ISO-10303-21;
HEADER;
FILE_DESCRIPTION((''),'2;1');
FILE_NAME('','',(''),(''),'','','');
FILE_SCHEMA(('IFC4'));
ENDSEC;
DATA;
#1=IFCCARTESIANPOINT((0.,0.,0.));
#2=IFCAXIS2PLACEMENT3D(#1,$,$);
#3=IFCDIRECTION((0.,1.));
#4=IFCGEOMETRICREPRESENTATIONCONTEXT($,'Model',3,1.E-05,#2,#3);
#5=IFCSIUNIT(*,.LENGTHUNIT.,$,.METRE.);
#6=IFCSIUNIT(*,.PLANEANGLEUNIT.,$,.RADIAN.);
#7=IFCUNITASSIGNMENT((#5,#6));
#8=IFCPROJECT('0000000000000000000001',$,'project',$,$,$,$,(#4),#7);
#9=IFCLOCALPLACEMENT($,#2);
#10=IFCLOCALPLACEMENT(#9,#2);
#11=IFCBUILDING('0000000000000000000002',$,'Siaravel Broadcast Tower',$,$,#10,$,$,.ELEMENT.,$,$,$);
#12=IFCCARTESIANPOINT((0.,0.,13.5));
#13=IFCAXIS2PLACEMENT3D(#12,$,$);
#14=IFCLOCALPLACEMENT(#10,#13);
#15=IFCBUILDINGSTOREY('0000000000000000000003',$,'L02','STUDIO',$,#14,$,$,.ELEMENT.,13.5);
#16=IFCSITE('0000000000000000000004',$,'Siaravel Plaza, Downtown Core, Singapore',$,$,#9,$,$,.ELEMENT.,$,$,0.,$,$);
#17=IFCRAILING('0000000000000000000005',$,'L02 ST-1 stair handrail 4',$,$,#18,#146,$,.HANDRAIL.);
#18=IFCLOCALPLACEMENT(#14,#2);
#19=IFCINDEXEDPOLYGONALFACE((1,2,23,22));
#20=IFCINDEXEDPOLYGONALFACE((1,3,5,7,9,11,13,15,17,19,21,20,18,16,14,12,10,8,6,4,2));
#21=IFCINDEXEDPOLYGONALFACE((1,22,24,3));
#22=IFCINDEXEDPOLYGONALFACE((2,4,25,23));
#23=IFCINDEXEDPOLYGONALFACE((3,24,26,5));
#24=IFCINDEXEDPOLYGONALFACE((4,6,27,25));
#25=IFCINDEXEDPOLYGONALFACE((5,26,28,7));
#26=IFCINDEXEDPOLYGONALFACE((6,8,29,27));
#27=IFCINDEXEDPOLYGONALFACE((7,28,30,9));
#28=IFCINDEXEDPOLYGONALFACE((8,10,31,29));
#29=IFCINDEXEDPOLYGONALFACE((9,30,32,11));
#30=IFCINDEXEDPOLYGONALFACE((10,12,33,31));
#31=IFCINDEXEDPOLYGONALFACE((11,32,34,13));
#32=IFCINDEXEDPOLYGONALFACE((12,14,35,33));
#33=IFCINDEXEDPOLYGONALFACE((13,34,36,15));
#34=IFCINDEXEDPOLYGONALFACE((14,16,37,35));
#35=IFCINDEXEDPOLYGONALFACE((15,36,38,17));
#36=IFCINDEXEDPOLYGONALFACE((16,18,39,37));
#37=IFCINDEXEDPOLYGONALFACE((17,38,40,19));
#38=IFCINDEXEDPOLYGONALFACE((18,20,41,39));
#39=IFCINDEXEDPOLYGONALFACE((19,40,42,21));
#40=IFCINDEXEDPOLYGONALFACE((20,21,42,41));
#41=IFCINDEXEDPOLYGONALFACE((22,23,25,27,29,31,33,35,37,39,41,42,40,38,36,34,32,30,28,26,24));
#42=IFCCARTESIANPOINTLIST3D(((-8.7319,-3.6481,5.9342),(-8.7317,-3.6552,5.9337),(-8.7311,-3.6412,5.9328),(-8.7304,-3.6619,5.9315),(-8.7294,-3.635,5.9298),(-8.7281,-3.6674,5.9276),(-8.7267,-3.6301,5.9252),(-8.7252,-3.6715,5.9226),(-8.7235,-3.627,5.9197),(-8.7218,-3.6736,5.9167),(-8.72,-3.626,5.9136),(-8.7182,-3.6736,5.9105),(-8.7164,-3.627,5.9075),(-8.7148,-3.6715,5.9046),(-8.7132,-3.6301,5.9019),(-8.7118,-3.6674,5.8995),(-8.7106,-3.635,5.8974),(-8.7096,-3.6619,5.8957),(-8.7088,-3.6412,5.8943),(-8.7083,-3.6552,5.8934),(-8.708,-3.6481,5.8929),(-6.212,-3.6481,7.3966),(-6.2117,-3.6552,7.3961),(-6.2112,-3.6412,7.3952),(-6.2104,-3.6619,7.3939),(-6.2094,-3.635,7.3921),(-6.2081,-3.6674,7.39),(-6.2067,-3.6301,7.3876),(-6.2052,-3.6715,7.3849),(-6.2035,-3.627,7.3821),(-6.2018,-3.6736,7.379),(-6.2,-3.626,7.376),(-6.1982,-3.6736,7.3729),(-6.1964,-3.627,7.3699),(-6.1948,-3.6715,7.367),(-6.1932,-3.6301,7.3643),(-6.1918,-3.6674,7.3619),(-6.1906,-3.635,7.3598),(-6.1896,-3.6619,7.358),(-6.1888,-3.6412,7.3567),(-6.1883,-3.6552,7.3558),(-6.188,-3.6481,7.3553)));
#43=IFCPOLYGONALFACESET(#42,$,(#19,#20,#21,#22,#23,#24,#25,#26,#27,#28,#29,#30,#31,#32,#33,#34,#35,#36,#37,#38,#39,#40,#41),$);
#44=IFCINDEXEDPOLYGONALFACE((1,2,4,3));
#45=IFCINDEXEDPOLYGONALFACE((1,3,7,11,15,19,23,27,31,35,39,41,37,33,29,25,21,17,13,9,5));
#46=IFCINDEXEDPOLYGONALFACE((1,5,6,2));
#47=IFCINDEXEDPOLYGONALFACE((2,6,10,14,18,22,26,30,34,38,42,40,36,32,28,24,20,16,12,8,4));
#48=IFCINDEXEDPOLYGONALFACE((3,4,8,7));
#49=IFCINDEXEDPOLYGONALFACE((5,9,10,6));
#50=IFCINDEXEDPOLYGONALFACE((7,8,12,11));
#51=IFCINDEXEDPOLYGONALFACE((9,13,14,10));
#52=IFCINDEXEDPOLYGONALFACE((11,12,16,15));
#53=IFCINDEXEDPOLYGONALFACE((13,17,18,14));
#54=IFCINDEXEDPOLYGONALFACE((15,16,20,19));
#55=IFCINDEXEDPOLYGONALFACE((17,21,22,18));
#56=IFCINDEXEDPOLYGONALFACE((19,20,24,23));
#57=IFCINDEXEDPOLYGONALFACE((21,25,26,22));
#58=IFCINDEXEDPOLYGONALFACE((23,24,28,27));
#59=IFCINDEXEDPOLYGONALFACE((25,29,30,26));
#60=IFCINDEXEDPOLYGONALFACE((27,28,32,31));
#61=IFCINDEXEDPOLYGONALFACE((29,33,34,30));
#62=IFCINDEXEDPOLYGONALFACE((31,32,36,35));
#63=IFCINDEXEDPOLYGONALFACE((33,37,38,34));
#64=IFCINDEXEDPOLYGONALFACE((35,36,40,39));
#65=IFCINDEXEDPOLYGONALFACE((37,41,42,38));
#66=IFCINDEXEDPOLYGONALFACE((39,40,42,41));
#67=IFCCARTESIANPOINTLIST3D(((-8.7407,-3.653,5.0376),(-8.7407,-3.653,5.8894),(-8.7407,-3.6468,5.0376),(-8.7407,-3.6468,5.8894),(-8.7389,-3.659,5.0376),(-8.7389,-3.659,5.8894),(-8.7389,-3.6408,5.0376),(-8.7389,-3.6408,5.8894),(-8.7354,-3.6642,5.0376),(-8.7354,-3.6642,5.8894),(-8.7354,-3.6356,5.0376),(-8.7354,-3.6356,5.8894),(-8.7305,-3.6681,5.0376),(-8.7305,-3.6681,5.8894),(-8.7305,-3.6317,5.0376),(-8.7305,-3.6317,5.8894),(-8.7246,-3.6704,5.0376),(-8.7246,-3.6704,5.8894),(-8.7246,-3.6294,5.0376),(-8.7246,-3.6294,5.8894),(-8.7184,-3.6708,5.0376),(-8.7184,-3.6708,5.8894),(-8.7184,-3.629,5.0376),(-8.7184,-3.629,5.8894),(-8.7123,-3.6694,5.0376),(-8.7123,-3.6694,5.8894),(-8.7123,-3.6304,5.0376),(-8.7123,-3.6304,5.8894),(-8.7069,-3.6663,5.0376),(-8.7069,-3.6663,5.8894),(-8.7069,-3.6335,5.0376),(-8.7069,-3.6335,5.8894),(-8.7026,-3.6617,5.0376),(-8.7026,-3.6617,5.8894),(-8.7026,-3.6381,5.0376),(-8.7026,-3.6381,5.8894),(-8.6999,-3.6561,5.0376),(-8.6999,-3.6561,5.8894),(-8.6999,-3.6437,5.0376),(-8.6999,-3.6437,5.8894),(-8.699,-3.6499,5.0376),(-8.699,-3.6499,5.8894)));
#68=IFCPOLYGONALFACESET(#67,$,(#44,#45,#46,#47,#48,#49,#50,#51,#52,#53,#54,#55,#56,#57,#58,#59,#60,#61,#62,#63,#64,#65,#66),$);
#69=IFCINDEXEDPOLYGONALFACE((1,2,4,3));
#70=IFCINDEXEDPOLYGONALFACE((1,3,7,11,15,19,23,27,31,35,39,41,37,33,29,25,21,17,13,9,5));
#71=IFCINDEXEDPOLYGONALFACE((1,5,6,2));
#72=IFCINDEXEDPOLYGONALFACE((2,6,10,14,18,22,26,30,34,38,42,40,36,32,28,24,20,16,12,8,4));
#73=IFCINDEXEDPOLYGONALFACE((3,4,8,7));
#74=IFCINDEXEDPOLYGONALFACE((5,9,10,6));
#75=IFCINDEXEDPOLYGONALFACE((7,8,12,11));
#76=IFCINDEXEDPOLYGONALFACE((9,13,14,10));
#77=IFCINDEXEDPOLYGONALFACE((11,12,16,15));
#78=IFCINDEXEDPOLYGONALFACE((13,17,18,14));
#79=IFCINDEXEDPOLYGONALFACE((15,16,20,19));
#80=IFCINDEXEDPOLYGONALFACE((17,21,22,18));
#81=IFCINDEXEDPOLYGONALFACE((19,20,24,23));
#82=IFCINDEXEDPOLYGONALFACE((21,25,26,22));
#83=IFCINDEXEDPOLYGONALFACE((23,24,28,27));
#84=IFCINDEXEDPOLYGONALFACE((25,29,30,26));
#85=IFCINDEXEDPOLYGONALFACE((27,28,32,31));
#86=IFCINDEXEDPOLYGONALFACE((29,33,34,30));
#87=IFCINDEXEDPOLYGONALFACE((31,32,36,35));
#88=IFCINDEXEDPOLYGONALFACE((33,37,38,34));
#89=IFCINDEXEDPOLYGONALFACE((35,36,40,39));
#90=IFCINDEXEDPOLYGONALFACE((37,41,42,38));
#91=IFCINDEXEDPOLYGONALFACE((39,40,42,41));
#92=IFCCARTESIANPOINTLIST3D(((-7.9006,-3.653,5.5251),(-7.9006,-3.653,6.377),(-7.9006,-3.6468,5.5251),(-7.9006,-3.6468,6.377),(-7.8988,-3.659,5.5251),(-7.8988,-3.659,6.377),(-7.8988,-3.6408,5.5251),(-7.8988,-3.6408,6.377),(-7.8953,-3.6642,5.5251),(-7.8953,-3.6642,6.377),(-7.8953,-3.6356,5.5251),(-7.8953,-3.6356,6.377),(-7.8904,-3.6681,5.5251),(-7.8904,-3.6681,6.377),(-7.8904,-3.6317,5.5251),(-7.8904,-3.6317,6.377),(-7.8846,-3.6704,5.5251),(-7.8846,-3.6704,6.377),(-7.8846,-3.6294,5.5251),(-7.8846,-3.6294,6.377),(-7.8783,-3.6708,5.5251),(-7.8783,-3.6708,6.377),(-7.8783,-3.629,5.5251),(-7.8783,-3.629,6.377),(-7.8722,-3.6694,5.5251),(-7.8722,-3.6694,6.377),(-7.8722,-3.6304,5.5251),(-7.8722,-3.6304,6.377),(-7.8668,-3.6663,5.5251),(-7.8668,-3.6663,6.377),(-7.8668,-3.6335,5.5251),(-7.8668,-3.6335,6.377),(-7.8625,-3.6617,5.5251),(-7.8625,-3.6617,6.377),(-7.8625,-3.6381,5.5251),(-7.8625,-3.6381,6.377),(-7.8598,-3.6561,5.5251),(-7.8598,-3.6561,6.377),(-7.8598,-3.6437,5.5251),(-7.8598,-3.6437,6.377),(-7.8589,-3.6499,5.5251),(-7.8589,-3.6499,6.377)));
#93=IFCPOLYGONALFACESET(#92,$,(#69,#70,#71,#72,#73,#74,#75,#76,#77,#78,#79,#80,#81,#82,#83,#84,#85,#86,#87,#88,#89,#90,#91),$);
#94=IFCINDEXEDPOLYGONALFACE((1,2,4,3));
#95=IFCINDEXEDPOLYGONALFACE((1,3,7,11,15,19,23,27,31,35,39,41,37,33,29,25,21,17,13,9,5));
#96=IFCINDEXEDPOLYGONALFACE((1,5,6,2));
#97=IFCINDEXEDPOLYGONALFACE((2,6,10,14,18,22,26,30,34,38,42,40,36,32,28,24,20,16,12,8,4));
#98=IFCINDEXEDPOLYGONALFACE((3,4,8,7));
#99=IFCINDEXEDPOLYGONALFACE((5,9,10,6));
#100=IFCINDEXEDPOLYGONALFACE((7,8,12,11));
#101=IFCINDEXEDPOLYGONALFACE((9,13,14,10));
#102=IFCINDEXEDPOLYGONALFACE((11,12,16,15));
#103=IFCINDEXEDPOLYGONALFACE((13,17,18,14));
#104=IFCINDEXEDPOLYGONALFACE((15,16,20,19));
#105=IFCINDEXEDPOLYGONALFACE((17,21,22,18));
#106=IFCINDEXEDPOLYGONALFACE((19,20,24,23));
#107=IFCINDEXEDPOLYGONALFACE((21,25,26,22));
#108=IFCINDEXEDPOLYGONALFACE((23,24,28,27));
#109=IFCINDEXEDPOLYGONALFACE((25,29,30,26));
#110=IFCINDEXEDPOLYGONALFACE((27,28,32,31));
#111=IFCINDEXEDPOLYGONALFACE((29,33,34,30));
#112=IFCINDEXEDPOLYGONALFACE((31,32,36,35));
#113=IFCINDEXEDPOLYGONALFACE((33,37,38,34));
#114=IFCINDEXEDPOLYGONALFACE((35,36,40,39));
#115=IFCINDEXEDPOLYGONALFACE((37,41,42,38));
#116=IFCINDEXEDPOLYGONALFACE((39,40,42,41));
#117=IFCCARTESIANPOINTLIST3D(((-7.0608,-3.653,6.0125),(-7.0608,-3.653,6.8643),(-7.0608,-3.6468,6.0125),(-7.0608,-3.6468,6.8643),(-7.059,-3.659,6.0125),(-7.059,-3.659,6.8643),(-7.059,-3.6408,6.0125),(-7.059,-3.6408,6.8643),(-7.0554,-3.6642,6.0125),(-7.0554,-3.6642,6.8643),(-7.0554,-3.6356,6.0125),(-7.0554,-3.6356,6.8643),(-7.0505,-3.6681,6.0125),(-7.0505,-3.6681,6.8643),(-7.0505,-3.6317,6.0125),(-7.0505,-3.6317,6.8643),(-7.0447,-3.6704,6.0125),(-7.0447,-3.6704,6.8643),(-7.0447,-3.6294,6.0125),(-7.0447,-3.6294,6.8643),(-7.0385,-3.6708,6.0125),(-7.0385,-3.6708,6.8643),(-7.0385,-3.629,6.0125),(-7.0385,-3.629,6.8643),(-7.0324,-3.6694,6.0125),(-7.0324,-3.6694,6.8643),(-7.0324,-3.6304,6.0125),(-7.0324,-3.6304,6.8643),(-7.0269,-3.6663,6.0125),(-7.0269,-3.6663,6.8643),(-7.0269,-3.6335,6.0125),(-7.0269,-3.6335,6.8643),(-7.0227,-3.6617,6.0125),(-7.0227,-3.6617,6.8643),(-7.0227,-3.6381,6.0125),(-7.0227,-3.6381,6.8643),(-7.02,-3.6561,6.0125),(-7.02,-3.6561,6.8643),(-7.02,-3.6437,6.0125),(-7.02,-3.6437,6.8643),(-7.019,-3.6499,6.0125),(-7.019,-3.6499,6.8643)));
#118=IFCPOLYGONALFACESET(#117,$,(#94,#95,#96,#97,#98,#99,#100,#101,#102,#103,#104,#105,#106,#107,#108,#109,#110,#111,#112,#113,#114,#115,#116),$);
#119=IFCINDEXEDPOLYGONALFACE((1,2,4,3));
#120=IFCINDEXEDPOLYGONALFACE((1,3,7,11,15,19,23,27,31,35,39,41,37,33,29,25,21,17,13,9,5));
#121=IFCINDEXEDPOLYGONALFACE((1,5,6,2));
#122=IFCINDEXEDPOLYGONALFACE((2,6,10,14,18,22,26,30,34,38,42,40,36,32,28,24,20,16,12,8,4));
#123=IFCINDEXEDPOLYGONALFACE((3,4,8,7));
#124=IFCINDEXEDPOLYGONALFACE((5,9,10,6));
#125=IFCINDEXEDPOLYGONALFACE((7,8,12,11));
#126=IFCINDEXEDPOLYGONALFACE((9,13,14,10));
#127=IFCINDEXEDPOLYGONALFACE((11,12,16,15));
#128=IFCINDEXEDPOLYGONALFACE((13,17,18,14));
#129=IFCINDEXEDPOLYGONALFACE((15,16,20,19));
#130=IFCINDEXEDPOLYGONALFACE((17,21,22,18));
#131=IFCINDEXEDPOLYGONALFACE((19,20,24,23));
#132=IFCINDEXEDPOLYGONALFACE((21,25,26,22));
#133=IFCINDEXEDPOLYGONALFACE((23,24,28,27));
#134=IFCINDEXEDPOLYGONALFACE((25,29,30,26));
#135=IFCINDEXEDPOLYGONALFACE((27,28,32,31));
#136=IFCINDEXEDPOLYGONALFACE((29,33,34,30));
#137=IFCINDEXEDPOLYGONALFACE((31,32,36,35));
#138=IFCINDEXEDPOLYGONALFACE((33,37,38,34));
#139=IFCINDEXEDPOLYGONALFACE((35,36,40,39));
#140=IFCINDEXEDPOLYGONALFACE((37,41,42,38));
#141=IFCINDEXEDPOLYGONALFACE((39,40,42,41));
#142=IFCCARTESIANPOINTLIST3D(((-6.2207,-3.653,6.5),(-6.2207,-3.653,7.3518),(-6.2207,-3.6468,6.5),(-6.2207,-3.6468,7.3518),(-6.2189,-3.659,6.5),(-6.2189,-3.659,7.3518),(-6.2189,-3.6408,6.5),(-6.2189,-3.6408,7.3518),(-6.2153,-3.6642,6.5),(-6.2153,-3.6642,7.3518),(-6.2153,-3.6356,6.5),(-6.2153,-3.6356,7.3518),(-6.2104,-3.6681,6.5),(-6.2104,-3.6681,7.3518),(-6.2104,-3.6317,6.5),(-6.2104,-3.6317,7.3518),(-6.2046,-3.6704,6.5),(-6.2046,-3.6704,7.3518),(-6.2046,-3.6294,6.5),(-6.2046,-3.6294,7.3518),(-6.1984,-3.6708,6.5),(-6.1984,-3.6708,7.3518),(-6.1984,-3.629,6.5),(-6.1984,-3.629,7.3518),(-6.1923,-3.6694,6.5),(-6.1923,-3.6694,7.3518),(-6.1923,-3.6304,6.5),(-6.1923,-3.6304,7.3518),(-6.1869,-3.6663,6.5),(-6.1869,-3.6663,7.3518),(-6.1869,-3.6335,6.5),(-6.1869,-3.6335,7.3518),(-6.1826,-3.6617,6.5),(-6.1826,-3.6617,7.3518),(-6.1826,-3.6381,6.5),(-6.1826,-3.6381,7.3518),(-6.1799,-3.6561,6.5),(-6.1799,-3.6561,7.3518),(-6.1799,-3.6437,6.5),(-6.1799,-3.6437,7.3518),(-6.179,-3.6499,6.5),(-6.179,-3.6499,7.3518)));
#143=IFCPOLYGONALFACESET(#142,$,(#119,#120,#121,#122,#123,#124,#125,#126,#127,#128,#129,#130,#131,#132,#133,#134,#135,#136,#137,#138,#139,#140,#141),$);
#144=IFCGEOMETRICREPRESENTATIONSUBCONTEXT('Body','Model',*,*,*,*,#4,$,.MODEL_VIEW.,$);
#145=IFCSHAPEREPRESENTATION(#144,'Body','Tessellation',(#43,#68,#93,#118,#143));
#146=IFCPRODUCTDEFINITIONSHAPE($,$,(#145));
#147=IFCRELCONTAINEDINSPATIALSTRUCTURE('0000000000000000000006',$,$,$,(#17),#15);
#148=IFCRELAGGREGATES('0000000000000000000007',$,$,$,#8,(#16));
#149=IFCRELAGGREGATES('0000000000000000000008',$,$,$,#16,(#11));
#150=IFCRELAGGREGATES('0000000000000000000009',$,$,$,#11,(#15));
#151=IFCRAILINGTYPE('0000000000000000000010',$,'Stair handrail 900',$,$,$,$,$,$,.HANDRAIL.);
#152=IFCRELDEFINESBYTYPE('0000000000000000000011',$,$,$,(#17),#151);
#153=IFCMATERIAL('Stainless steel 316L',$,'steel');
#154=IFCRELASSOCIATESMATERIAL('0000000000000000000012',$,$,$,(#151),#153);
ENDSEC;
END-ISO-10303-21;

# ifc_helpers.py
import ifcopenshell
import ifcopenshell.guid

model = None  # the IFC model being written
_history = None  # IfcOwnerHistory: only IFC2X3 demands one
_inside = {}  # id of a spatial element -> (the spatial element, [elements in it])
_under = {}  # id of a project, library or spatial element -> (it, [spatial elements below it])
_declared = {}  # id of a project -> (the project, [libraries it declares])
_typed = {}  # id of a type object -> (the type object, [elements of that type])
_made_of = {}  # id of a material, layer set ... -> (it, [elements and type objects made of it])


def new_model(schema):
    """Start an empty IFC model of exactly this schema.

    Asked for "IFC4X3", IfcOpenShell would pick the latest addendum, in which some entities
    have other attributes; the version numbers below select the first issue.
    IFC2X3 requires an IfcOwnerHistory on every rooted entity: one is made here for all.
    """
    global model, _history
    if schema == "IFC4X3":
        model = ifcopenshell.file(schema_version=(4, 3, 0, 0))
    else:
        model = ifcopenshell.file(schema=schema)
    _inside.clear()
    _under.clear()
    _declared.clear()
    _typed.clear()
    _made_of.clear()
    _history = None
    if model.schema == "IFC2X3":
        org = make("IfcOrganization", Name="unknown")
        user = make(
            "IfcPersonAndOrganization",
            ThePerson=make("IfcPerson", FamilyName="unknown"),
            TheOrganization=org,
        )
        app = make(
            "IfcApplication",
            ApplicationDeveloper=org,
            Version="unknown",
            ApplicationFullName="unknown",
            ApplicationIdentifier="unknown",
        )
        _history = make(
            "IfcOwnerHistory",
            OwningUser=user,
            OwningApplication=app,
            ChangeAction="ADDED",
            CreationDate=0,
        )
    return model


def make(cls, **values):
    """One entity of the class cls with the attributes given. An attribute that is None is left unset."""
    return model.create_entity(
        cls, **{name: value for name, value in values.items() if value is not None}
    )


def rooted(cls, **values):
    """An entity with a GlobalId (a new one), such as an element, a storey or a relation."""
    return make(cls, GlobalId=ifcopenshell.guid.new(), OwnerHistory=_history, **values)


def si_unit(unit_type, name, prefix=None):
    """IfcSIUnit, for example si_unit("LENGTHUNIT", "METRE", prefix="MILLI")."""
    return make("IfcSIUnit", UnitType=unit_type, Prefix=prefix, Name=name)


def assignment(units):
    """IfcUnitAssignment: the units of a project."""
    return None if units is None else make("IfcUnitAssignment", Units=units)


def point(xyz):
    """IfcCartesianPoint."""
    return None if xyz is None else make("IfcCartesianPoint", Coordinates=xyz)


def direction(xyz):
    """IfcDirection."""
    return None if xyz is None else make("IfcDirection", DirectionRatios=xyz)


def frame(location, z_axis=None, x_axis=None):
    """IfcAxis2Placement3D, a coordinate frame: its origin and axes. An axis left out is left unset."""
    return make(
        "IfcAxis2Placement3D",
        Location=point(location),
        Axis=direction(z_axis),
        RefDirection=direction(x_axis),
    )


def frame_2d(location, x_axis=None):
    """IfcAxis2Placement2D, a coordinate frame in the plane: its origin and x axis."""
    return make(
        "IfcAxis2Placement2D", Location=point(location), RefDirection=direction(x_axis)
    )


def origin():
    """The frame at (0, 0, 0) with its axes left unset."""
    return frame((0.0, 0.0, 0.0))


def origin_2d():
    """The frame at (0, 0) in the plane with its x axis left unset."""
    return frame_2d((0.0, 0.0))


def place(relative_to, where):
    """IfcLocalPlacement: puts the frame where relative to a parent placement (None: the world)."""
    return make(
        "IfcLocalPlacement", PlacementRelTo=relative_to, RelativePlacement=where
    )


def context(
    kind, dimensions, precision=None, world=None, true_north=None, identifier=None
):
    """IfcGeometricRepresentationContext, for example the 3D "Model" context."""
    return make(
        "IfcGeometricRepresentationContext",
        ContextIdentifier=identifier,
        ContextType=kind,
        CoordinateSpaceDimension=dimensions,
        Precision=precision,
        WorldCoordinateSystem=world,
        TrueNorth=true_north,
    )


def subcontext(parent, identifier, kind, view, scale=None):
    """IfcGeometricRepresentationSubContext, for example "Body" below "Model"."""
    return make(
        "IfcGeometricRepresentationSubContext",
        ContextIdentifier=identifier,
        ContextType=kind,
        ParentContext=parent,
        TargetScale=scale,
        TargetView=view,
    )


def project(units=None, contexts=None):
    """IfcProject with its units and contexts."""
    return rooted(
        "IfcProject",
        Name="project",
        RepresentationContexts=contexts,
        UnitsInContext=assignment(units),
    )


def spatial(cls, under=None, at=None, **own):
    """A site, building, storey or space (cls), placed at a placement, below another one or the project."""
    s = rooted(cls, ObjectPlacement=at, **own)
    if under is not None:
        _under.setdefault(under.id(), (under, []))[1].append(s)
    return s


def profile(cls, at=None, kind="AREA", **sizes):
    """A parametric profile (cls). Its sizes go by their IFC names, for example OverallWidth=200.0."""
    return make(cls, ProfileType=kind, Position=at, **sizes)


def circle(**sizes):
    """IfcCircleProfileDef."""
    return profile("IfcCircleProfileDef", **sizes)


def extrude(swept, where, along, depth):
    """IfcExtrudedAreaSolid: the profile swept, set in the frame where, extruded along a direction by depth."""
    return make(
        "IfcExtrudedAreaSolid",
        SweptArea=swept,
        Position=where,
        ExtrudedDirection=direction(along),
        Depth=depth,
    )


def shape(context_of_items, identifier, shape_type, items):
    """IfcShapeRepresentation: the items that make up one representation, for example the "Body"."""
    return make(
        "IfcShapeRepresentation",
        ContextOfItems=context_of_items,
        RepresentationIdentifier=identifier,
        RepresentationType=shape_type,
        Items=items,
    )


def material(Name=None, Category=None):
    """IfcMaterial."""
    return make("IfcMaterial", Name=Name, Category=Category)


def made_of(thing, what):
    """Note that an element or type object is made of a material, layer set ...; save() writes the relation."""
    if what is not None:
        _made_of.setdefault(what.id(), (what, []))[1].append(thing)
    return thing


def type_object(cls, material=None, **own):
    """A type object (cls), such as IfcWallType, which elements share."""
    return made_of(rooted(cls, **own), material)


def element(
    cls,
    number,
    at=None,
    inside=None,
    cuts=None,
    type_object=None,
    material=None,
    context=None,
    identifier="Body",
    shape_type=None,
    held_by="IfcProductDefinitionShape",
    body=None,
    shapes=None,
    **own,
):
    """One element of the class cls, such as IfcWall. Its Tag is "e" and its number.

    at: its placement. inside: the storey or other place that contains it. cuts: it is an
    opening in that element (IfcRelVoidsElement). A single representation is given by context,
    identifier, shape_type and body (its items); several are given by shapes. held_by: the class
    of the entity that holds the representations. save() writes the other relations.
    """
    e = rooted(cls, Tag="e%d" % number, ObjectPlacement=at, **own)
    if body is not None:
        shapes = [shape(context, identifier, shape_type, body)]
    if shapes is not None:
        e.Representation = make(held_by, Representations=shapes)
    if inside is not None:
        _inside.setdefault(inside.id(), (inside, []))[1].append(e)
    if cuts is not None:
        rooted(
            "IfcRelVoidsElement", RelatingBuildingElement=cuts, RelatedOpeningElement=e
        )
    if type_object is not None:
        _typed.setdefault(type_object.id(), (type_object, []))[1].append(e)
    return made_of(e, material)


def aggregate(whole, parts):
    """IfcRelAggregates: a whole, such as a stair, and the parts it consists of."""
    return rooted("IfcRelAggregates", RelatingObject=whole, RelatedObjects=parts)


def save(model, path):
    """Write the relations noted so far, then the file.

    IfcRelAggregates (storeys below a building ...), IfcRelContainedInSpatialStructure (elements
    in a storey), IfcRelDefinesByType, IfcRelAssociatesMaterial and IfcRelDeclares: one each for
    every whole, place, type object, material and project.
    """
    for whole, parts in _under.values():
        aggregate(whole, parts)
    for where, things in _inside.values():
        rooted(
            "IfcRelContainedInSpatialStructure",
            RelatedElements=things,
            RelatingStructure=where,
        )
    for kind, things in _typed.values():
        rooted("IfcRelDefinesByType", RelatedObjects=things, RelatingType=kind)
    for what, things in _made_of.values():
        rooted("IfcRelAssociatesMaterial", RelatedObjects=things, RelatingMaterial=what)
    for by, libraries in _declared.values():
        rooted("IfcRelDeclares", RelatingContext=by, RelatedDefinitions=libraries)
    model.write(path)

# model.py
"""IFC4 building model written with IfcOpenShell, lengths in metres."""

from ifc_helpers import new_model, si_unit, direction, frame, origin, origin_2d, place, context, subcontext, project, spatial, circle, extrude, material, type_object, element, save


model = new_model("IFC4")

# Units and contexts
model_context = context("Model", 3, precision=1e-05, world=origin(), true_north=direction((0.0, 1.0)))
body_context = subcontext(model_context, "Body", "Model", "MODEL_VIEW")
ifc_project = project(units=[si_unit("LENGTHUNIT", "METRE"), si_unit("PLANEANGLEUNIT", "RADIAN")], contexts=[model_context])

# Site, building, storey
site_placement = place(None, origin())
site = spatial("IfcSite", under=ifc_project, at=site_placement, Name="Siaravel Plaza, Downtown Core, Singapore", CompositionType="ELEMENT", RefElevation=0.0)
building_placement = place(site_placement, origin())
building = spatial("IfcBuilding", under=site, at=building_placement, Name="Siaravel Broadcast Tower", CompositionType="ELEMENT")
storey_placement = place(building_placement, frame((0.0, 0.0, 13.5)))
storey = spatial("IfcBuildingStorey", under=building, at=storey_placement, Name="L02", Description="STUDIO", CompositionType="ELEMENT", Elevation=13.5)

# Railing
ifc_material_1 = material(Name="Stainless steel 316L", Category="steel")
railing_type_1 = type_object("IfcRailingType", Name="Stair handrail 900", PredefinedType="HANDRAIL", material=ifc_material_1)
for number, where, name in (
    (1, (-8.72, -3.6499, 5.0376), "L02 ST-1 stair handrail 4"),
):
    element("IfcRailing", number, at=place(storey_placement, frame(where)), inside=storey, type_object=railing_type_1, Name=name, PredefinedType="HANDRAIL", context=body_context, shape_type="SweptSolid", body=[
        extrude(circle(Radius=0.0239, at=origin_2d()), frame((0.0, 0.0, 0.876), z_axis=(0.864913, 0.0, 0.501921), x_axis=(0.0, 1.0, 0.0)), (0.0, 0.0, 1.0), 2.9136),
        extrude(circle(Radius=0.021, at=origin_2d()), origin(), (0.0, 0.0, 1.0), 0.8518),
        extrude(circle(Radius=0.021, at=origin_2d()), frame((0.8401, 0.0, 0.4875)), (0.0, 0.0, 1.0), 0.8518),
        extrude(circle(Radius=0.021, at=origin_2d()), frame((1.6799, 0.0, 0.9749)), (0.0, 0.0, 1.0), 0.8518),
        extrude(circle(Radius=0.021, at=origin_2d()), frame((2.52, 0.0, 1.4624)), (0.0, 0.0, 1.0), 0.8518),
    ])

save(model, "model.ifc")
